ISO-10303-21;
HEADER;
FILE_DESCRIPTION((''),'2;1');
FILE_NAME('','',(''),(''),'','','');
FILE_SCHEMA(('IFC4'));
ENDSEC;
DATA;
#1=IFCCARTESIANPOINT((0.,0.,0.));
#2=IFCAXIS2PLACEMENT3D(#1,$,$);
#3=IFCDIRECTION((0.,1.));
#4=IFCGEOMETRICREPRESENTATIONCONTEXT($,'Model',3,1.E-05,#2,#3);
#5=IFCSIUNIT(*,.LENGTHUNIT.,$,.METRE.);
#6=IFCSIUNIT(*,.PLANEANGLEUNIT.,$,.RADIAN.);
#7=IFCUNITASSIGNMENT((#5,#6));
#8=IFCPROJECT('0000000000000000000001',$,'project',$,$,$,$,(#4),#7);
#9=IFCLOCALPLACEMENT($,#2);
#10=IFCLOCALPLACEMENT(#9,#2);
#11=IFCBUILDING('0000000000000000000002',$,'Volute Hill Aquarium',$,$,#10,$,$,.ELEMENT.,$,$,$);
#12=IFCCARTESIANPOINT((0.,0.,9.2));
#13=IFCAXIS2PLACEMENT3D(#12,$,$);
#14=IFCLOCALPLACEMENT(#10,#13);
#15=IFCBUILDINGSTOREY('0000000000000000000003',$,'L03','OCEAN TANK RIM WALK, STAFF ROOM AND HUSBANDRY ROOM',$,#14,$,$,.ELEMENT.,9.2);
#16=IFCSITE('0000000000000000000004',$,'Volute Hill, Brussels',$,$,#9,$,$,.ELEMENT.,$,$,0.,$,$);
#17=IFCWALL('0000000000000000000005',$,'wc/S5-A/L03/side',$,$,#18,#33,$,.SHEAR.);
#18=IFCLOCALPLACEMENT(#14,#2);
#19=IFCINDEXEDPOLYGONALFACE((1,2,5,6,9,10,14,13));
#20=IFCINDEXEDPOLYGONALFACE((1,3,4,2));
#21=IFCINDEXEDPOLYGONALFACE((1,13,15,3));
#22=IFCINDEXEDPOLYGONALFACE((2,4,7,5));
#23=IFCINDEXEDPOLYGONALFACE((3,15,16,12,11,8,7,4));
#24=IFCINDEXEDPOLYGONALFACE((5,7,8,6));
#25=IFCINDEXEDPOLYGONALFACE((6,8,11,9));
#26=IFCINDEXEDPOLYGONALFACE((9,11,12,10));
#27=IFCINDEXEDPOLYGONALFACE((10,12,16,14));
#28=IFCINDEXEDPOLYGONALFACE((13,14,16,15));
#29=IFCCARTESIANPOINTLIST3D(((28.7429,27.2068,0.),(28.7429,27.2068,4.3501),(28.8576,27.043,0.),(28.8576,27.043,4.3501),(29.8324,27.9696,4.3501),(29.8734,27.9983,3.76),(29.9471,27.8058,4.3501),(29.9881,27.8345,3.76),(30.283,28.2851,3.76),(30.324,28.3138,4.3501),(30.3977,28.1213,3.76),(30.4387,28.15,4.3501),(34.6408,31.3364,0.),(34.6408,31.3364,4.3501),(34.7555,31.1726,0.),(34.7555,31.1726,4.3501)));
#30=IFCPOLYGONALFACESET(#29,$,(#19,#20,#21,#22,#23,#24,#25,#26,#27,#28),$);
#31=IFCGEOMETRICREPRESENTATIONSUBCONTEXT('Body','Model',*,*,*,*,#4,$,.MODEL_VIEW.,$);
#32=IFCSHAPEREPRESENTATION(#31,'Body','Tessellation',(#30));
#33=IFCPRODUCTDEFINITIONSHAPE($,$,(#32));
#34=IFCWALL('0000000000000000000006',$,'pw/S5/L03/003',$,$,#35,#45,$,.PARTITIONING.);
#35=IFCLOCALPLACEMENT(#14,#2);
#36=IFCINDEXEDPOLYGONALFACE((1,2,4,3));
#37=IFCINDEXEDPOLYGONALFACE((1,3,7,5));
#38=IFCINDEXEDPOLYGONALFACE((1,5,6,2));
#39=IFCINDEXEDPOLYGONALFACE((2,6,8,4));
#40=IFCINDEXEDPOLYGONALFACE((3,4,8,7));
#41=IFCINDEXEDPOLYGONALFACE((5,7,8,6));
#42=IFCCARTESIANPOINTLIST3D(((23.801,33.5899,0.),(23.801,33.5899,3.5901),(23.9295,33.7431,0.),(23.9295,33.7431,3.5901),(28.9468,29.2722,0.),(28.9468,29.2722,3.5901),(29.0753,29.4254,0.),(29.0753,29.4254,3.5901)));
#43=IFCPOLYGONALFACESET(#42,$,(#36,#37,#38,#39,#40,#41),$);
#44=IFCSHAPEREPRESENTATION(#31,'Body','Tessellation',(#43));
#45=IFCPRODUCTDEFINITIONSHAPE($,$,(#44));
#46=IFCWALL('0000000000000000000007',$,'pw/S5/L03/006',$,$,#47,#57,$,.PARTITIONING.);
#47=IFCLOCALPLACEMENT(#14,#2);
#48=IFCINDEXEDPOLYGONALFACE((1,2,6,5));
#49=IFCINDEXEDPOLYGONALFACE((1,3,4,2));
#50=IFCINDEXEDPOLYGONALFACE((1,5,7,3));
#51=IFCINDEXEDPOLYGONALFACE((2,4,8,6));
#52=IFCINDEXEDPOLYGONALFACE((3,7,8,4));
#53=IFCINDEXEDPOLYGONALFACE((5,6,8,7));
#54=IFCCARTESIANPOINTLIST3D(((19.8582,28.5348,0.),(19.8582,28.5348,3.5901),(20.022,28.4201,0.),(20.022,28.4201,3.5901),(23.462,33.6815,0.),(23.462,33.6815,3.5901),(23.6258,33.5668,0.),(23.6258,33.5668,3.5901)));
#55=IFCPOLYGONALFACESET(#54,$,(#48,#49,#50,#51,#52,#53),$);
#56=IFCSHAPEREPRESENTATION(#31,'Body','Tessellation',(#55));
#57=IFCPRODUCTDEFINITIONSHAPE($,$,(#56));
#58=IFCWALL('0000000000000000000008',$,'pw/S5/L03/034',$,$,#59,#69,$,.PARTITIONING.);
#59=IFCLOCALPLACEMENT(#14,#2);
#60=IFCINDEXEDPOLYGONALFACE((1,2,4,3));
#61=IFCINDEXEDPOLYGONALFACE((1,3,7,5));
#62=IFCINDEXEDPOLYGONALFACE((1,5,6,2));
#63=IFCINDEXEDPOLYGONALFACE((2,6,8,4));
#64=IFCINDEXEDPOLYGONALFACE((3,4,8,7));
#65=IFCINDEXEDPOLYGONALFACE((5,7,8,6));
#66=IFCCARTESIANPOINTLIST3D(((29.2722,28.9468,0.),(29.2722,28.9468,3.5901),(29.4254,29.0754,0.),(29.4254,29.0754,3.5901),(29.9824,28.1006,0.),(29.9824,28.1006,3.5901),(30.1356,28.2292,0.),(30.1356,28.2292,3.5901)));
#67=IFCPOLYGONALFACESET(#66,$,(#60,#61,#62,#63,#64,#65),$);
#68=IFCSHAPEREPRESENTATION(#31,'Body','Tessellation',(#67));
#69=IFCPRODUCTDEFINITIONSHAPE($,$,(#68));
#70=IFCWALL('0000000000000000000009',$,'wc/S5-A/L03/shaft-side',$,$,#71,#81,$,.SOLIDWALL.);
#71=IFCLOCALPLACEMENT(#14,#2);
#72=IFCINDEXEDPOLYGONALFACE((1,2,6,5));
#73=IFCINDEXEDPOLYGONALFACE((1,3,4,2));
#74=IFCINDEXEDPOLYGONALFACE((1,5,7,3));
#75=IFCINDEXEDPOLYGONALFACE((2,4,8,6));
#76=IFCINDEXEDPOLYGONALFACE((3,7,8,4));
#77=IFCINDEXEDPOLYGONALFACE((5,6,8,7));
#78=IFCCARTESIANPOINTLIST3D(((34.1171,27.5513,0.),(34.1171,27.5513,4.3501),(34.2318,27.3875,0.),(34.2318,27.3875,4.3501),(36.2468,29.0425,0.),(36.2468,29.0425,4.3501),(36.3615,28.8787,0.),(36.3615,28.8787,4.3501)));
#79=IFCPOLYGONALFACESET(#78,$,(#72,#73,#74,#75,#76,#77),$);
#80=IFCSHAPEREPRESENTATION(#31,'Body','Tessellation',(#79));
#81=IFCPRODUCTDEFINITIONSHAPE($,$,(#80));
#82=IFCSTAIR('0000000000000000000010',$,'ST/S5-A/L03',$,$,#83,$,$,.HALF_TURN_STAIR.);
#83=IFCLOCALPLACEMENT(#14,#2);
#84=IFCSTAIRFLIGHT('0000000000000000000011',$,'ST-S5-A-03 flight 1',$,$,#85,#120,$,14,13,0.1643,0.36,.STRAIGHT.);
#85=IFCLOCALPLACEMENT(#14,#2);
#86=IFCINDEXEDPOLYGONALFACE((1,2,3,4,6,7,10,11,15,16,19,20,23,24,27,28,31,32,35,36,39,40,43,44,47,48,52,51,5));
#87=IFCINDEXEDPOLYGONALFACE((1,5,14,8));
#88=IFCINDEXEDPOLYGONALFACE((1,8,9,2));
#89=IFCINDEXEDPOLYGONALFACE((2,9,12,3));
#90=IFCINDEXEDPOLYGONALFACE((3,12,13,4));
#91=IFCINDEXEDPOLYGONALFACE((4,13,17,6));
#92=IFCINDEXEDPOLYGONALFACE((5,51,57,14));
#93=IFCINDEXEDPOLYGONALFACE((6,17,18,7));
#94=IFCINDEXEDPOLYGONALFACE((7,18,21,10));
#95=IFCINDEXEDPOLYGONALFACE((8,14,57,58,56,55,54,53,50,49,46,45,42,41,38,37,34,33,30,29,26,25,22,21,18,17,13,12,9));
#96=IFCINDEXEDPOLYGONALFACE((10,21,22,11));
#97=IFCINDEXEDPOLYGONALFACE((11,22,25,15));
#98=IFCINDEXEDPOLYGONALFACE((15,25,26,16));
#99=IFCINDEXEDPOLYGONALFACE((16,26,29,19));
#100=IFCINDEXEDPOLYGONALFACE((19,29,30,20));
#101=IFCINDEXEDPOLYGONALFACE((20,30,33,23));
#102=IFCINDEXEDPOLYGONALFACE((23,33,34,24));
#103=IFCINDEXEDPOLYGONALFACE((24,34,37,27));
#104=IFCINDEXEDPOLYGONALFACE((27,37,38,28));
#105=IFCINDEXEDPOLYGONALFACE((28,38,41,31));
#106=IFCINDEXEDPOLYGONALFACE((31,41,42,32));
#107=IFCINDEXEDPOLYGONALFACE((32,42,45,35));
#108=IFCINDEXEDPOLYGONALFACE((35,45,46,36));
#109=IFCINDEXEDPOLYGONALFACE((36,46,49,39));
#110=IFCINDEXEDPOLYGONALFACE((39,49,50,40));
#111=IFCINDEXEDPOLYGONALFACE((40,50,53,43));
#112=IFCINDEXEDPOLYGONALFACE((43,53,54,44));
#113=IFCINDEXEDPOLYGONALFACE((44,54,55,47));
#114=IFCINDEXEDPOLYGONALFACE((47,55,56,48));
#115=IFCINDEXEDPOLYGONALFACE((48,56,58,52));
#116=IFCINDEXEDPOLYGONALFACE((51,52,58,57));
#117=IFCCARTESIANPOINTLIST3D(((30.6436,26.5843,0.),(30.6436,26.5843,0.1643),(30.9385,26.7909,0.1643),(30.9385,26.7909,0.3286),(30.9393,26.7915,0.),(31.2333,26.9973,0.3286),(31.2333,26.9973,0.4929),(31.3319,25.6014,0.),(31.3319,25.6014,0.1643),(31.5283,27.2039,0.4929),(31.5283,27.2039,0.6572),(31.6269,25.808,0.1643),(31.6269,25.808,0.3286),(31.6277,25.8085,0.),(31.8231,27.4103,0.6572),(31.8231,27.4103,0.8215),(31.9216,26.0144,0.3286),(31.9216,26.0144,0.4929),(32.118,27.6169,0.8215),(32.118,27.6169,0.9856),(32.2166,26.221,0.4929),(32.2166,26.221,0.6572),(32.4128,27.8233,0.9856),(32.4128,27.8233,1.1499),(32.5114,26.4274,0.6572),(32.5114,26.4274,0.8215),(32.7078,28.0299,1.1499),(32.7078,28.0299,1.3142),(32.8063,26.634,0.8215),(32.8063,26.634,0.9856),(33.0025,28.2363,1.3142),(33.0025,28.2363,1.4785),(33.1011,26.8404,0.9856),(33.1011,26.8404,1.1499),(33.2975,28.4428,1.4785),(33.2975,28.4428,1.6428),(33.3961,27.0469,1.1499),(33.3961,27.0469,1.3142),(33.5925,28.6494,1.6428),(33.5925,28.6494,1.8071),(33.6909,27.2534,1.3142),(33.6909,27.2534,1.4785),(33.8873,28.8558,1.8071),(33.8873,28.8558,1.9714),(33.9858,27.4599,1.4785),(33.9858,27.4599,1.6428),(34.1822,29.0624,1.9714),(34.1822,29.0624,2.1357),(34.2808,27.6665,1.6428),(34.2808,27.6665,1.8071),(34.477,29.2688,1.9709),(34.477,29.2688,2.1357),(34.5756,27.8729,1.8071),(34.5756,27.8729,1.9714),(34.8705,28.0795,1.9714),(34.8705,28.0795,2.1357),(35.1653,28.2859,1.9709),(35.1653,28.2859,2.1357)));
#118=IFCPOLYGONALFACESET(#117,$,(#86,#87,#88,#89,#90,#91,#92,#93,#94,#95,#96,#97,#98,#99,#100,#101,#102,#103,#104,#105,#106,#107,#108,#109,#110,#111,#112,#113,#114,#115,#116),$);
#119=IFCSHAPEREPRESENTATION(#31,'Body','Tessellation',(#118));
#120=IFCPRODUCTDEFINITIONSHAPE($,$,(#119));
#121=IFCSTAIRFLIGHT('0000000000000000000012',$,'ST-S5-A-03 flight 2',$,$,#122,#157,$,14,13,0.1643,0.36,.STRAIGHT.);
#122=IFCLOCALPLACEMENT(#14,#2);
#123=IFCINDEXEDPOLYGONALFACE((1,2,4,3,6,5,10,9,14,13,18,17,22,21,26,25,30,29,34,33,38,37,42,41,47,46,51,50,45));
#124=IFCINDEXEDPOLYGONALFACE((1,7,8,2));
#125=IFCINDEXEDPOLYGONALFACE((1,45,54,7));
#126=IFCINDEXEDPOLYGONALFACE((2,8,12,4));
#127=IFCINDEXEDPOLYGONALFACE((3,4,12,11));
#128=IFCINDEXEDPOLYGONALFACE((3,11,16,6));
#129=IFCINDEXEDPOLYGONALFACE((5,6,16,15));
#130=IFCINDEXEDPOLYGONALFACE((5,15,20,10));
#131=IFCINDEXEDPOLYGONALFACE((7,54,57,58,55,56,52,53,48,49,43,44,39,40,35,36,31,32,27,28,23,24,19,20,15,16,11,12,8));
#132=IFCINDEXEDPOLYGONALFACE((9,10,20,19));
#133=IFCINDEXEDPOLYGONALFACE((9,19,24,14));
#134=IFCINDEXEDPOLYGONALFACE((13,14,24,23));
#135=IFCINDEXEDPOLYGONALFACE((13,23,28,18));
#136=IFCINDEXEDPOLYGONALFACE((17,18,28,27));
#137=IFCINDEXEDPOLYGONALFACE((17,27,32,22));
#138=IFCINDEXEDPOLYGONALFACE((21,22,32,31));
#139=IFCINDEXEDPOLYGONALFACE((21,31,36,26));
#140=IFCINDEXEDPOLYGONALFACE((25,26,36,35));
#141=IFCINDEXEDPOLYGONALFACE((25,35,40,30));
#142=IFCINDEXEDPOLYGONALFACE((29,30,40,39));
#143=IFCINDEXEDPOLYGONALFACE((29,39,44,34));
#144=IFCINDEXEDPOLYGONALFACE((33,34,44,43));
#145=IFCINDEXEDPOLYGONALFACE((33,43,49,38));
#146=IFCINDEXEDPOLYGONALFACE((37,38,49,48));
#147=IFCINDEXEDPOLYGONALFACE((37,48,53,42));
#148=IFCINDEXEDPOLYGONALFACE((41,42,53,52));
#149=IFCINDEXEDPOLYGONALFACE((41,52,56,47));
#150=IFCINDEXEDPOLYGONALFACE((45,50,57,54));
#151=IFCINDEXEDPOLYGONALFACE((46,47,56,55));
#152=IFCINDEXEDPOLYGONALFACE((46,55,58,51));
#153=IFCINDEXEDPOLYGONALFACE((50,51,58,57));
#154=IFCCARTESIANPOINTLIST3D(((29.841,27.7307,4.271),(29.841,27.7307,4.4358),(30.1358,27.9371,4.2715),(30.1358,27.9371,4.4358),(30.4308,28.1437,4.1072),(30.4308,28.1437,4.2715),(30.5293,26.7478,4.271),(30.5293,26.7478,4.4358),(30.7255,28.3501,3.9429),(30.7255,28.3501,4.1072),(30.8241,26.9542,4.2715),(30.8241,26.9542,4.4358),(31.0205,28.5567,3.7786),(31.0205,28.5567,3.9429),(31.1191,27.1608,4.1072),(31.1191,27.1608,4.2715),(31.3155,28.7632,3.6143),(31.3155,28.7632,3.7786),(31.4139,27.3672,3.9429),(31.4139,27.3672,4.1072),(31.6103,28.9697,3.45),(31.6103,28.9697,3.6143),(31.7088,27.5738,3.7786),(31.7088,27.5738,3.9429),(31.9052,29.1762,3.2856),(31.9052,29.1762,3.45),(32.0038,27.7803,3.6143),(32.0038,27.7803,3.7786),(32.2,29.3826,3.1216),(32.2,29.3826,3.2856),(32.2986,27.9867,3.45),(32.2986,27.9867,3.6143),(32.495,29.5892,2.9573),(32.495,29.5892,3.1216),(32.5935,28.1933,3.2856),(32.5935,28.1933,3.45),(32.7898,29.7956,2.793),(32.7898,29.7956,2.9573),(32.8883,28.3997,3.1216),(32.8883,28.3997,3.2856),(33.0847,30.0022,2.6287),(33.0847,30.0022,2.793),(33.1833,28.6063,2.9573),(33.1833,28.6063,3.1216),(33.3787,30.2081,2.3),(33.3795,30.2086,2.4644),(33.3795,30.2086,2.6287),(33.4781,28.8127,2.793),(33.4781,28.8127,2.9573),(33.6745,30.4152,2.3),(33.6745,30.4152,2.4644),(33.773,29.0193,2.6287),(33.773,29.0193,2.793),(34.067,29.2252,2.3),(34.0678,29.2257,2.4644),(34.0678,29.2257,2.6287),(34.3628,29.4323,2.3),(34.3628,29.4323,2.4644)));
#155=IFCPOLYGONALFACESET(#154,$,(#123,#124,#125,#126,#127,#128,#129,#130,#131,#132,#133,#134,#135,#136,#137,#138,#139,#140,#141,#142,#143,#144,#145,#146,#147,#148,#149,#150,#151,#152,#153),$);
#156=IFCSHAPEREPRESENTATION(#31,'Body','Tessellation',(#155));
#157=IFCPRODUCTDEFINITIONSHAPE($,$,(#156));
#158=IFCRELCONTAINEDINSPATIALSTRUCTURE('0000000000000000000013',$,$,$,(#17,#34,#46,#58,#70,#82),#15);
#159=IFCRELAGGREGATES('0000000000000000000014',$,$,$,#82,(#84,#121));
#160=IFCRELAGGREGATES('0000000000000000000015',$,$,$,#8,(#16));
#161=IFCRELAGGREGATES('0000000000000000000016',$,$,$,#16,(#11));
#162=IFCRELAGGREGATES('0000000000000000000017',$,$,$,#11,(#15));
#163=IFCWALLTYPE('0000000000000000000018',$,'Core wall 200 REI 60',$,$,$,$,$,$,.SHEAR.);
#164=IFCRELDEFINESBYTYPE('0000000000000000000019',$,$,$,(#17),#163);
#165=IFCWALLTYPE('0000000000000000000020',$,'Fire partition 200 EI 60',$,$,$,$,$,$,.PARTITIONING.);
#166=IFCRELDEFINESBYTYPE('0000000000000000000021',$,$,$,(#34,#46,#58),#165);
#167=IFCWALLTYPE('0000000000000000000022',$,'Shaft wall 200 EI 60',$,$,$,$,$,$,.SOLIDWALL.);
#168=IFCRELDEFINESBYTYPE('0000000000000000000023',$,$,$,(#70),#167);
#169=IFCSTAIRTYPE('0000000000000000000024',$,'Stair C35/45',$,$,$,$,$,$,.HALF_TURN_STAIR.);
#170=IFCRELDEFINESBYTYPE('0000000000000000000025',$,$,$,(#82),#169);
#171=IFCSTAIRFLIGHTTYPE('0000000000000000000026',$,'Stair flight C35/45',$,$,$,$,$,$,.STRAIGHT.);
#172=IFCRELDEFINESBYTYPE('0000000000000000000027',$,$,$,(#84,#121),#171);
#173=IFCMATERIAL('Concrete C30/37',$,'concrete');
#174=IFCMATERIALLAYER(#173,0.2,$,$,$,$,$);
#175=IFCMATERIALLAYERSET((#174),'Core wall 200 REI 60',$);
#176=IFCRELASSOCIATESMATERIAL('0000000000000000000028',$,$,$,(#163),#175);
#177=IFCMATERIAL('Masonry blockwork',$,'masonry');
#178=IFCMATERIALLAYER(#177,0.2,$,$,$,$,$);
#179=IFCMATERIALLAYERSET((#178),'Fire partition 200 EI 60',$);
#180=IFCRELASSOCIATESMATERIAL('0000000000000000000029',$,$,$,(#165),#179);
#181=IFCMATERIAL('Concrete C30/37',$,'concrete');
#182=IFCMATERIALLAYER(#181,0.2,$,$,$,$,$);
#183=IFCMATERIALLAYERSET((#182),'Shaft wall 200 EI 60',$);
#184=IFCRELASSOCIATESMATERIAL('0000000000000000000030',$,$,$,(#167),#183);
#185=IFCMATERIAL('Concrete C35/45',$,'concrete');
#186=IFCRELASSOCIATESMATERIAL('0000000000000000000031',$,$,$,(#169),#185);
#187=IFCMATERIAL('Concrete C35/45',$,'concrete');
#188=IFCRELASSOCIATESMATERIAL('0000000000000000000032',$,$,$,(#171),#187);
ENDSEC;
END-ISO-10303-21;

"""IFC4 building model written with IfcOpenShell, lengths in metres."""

from ifc_helpers import new_model, si_unit, direction, frame, frame_2d, origin, place, context, subcontext, project, spatial, polyline, rectangle, outline, extrude, material, layer, layer_set, type_object, element, aggregate, save


model = new_model("IFC4")

# Units and contexts
model_context = context("Model", 3, precision=1e-05, world=origin(), true_north=direction((0.0, 1.0)))
body_context = subcontext(model_context, "Body", "Model", "MODEL_VIEW")
ifc_project = project(units=[si_unit("LENGTHUNIT", "METRE"), si_unit("PLANEANGLEUNIT", "RADIAN")], contexts=[model_context])

# Site, building, storey
site_placement = place(None, origin())
site = spatial("IfcSite", under=ifc_project, at=site_placement, Name="Volute Hill, Brussels", CompositionType="ELEMENT", RefElevation=0.0)
building_placement = place(site_placement, origin())
building = spatial("IfcBuilding", under=site, at=building_placement, Name="Volute Hill Aquarium", CompositionType="ELEMENT")
storey_placement = place(building_placement, frame((0.0, 0.0, 9.2)))
storey = spatial("IfcBuildingStorey", under=building, at=storey_placement, Name="L03", Description="OCEAN TANK RIM WALK, STAFF ROOM AND HUSBANDRY ROOM", CompositionType="ELEMENT", Elevation=9.2)

# Walls
ifc_material_1 = material(Name="Concrete C30/37", Category="concrete")
ifc_layer_1 = layer(ifc_material_1, 0.2)
ifc_layer_set_1 = layer_set([ifc_layer_1], Name="Core wall 200 REI 60")
wall_type_1 = type_object("IfcWallType", Name="Core wall 200 REI 60", PredefinedType="SHEAR", material=ifc_layer_set_1)
wall_1_placement = place(storey_placement, frame((28.8003, 27.1248, 0.0), z_axis=(0.0, 0.0, 1.0), x_axis=(0.819162, 0.573562, 0.0)))
element("IfcWall", 1, at=wall_1_placement, inside=storey, type_object=wall_type_1, Name="wc/S5-A/L03/side", PredefinedType="SHEAR", context=body_context, shape_type="SweptSolid", body=[
    extrude(outline(polyline([(0.0, 0.0), (7.2, 0.0), (7.2, 4.3501), (1.9302, 4.3501), (1.8801, 3.76), (1.3801, 3.76), (1.3301, 4.3501), (0.0, 4.3501), (0.0, 0.0)])), frame((0.0, 0.1001, 0.0), z_axis=(0.0, -1.0, 0.0), x_axis=(1.0, 0.0, 0.0)), (0.0, 0.0, 1.0), 0.2),
])
ifc_material_2 = material(Name="Masonry blockwork", Category="masonry")
ifc_layer_2 = layer(ifc_material_2, 0.2)
ifc_layer_set_2 = layer_set([ifc_layer_2], Name="Fire partition 200 EI 60")
wall_type_2 = type_object("IfcWallType", Name="Fire partition 200 EI 60", PredefinedType="PARTITIONING", material=ifc_layer_set_2)
wall_2_placement = place(storey_placement, frame((23.8652, 33.6665, 0.0), z_axis=(0.0, 0.0, 1.0), x_axis=(0.766057, -0.642773, 0.0)))
element("IfcWall", 2, at=wall_2_placement, inside=storey, type_object=wall_type_2, Name="pw/S5/L03/003", PredefinedType="PARTITIONING", context=body_context, shape_type="SweptSolid", body=[
    extrude(rectangle(XDim=6.7173, YDim=0.2, at=frame_2d((3.3586, 0.0))), origin(), (0.0, 0.0, 1.0), 3.5901),
])
wall_3_placement = place(storey_placement, frame((23.5439, 33.6243, 0.0), z_axis=(0.0, 0.0, 1.0), x_axis=(-0.573574, -0.819153, 0.0)))
element("IfcWall", 3, at=wall_3_placement, inside=storey, type_object=wall_type_2, Name="pw/S5/L03/006", PredefinedType="PARTITIONING", context=body_context, shape_type="SweptSolid", body=[
    extrude(rectangle(XDim=6.283, YDim=0.2, at=frame_2d((3.1416, 0.0))), origin(), (0.0, 0.0, 1.0), 3.5901),
])
wall_4_placement = place(storey_placement, frame((29.3489, 29.011, 0.0), z_axis=(0.0, 0.0, 1.0), x_axis=(0.642876, -0.76597, 0.0)))
element("IfcWall", 4, at=wall_4_placement, inside=storey, type_object=wall_type_2, Name="pw/S5/L03/034", PredefinedType="PARTITIONING", context=body_context, shape_type="SweptSolid", body=[
    extrude(rectangle(XDim=1.1047, YDim=0.2, at=frame_2d((0.5522, 0.0))), origin(), (0.0, 0.0, 1.0), 3.5901),
])
ifc_material_3 = material(Name="Concrete C30/37", Category="concrete")
ifc_layer_3 = layer(ifc_material_3, 0.2)
ifc_layer_set_3 = layer_set([ifc_layer_3], Name="Shaft wall 200 EI 60")
wall_type_3 = type_object("IfcWallType", Name="Shaft wall 200 EI 60", PredefinedType="SOLIDWALL", material=ifc_layer_set_3)
wall_5_placement = place(storey_placement, frame((34.1746, 27.4695, 0.0), z_axis=(0.0, 0.0, 1.0), x_axis=(0.819148, 0.573582, 0.0)))
element("IfcWall", 5, at=wall_5_placement, inside=storey, type_object=wall_type_3, Name="wc/S5-A/L03/shaft-side", PredefinedType="SOLIDWALL", context=body_context, shape_type="SweptSolid", body=[
    extrude(rectangle(XDim=2.5999, YDim=0.2, at=frame_2d((1.2998, 0.0))), origin(), (0.0, 0.0, 1.0), 4.3501),
])

# Stair, stair flights
ifc_material_4 = material(Name="Concrete C35/45", Category="concrete")
stair_type = type_object("IfcStairType", Name="Stair C35/45", PredefinedType="HALF_TURN_STAIR", material=ifc_material_4)
stair_placement = place(storey_placement, origin())
stair = element("IfcStair", 6, at=stair_placement, inside=storey, type_object=stair_type, Name="ST/S5-A/L03", PredefinedType="HALF_TURN_STAIR")
ifc_material_5 = material(Name="Concrete C35/45", Category="concrete")
stair_flight_type = type_object("IfcStairFlightType", Name="Stair flight C35/45", PredefinedType="STRAIGHT", material=ifc_material_5)
stair_flight_1_placement = place(storey_placement, frame((30.9878, 26.0928, 0.0), z_axis=(0.0, 0.0, 1.0), x_axis=(0.819124, 0.573617, 0.0)))
stair_flight_1 = element("IfcStairFlight", 7, at=stair_flight_1_placement, type_object=stair_flight_type, Name="ST-S5-A-03 flight 1", NumberOfRisers=14, NumberOfTreads=13, PredefinedType="STRAIGHT", RiserHeight=0.1643, TreadLength=0.36, context=body_context, shape_type="SweptSolid", body=[
    extrude(outline(polyline([(0.0, 0.0), (0.0, 0.1643), (0.3601, 0.1643), (0.3601, 0.3286), (0.72, 0.3286), (0.72, 0.4929), (1.0801, 0.4929), (1.0801, 0.6572), (1.4399, 0.6572), (1.4399, 0.8215), (1.8, 0.8215), (1.8, 0.9856), (2.1599, 0.9856), (2.1599, 1.1499), (2.52, 1.1499), (2.52, 1.3142), (2.8799, 1.3142), (2.8799, 1.4785), (3.24, 1.4785), (3.24, 1.6428), (3.6001, 1.6428), (3.6001, 1.8071), (3.96, 1.8071), (3.96, 1.9714), (4.3201, 1.9714), (4.3201, 2.1357), (4.6799, 2.1357), (4.6799, 2.3), (4.6799, 1.9709), (0.3611, 0.0), (0.0, 0.0)])), frame((0.0, 0.6001, 0.0), z_axis=(0.0, -1.0, 0.0), x_axis=(1.0, 0.0, 0.0)), (0.0, 0.0, 1.0), 1.2),
])
stair_flight_2_placement = place(storey_placement, frame((34.0186, 29.9238, 2.3), z_axis=(0.0, 0.0, 1.0), x_axis=(-0.819124, -0.573617, 0.0)))
stair_flight_2 = element("IfcStairFlight", 8, at=stair_flight_2_placement, type_object=stair_flight_type, Name="ST-S5-A-03 flight 2", NumberOfRisers=14, NumberOfTreads=13, PredefinedType="STRAIGHT", RiserHeight=0.1643, TreadLength=0.36, context=body_context, shape_type="SweptSolid", body=[
    extrude(outline(polyline([(0.0, 0.0), (0.0, 0.1643), (0.3601, 0.1643), (0.3601, 0.3286), (0.72, 0.3286), (0.72, 0.4929), (1.0801, 0.4929), (1.0801, 0.6572), (1.4399, 0.6572), (1.4399, 0.8215), (1.8, 0.8215), (1.8, 0.9856), (2.1599, 0.9856), (2.1599, 1.1499), (2.52, 1.1499), (2.52, 1.3142), (2.8799, 1.3142), (2.8799, 1.4785), (3.24, 1.4785), (3.24, 1.6428), (3.6001, 1.6428), (3.6001, 1.8071), (3.96, 1.8071), (3.96, 1.9714), (4.3201, 1.9714), (4.3201, 2.1357), (4.6799, 2.1357), (4.6799, 2.3), (4.6799, 1.9709), (0.3611, 0.0), (0.0, 0.0)])), frame((0.0, 0.6001, 0.0), z_axis=(0.0, -1.0, 0.0), x_axis=(1.0, 0.0, 0.0)), (0.0, 0.0, 1.0), 1.2),
])
aggregate(stair, [stair_flight_1, stair_flight_2])

save(model, "model.ifc")
